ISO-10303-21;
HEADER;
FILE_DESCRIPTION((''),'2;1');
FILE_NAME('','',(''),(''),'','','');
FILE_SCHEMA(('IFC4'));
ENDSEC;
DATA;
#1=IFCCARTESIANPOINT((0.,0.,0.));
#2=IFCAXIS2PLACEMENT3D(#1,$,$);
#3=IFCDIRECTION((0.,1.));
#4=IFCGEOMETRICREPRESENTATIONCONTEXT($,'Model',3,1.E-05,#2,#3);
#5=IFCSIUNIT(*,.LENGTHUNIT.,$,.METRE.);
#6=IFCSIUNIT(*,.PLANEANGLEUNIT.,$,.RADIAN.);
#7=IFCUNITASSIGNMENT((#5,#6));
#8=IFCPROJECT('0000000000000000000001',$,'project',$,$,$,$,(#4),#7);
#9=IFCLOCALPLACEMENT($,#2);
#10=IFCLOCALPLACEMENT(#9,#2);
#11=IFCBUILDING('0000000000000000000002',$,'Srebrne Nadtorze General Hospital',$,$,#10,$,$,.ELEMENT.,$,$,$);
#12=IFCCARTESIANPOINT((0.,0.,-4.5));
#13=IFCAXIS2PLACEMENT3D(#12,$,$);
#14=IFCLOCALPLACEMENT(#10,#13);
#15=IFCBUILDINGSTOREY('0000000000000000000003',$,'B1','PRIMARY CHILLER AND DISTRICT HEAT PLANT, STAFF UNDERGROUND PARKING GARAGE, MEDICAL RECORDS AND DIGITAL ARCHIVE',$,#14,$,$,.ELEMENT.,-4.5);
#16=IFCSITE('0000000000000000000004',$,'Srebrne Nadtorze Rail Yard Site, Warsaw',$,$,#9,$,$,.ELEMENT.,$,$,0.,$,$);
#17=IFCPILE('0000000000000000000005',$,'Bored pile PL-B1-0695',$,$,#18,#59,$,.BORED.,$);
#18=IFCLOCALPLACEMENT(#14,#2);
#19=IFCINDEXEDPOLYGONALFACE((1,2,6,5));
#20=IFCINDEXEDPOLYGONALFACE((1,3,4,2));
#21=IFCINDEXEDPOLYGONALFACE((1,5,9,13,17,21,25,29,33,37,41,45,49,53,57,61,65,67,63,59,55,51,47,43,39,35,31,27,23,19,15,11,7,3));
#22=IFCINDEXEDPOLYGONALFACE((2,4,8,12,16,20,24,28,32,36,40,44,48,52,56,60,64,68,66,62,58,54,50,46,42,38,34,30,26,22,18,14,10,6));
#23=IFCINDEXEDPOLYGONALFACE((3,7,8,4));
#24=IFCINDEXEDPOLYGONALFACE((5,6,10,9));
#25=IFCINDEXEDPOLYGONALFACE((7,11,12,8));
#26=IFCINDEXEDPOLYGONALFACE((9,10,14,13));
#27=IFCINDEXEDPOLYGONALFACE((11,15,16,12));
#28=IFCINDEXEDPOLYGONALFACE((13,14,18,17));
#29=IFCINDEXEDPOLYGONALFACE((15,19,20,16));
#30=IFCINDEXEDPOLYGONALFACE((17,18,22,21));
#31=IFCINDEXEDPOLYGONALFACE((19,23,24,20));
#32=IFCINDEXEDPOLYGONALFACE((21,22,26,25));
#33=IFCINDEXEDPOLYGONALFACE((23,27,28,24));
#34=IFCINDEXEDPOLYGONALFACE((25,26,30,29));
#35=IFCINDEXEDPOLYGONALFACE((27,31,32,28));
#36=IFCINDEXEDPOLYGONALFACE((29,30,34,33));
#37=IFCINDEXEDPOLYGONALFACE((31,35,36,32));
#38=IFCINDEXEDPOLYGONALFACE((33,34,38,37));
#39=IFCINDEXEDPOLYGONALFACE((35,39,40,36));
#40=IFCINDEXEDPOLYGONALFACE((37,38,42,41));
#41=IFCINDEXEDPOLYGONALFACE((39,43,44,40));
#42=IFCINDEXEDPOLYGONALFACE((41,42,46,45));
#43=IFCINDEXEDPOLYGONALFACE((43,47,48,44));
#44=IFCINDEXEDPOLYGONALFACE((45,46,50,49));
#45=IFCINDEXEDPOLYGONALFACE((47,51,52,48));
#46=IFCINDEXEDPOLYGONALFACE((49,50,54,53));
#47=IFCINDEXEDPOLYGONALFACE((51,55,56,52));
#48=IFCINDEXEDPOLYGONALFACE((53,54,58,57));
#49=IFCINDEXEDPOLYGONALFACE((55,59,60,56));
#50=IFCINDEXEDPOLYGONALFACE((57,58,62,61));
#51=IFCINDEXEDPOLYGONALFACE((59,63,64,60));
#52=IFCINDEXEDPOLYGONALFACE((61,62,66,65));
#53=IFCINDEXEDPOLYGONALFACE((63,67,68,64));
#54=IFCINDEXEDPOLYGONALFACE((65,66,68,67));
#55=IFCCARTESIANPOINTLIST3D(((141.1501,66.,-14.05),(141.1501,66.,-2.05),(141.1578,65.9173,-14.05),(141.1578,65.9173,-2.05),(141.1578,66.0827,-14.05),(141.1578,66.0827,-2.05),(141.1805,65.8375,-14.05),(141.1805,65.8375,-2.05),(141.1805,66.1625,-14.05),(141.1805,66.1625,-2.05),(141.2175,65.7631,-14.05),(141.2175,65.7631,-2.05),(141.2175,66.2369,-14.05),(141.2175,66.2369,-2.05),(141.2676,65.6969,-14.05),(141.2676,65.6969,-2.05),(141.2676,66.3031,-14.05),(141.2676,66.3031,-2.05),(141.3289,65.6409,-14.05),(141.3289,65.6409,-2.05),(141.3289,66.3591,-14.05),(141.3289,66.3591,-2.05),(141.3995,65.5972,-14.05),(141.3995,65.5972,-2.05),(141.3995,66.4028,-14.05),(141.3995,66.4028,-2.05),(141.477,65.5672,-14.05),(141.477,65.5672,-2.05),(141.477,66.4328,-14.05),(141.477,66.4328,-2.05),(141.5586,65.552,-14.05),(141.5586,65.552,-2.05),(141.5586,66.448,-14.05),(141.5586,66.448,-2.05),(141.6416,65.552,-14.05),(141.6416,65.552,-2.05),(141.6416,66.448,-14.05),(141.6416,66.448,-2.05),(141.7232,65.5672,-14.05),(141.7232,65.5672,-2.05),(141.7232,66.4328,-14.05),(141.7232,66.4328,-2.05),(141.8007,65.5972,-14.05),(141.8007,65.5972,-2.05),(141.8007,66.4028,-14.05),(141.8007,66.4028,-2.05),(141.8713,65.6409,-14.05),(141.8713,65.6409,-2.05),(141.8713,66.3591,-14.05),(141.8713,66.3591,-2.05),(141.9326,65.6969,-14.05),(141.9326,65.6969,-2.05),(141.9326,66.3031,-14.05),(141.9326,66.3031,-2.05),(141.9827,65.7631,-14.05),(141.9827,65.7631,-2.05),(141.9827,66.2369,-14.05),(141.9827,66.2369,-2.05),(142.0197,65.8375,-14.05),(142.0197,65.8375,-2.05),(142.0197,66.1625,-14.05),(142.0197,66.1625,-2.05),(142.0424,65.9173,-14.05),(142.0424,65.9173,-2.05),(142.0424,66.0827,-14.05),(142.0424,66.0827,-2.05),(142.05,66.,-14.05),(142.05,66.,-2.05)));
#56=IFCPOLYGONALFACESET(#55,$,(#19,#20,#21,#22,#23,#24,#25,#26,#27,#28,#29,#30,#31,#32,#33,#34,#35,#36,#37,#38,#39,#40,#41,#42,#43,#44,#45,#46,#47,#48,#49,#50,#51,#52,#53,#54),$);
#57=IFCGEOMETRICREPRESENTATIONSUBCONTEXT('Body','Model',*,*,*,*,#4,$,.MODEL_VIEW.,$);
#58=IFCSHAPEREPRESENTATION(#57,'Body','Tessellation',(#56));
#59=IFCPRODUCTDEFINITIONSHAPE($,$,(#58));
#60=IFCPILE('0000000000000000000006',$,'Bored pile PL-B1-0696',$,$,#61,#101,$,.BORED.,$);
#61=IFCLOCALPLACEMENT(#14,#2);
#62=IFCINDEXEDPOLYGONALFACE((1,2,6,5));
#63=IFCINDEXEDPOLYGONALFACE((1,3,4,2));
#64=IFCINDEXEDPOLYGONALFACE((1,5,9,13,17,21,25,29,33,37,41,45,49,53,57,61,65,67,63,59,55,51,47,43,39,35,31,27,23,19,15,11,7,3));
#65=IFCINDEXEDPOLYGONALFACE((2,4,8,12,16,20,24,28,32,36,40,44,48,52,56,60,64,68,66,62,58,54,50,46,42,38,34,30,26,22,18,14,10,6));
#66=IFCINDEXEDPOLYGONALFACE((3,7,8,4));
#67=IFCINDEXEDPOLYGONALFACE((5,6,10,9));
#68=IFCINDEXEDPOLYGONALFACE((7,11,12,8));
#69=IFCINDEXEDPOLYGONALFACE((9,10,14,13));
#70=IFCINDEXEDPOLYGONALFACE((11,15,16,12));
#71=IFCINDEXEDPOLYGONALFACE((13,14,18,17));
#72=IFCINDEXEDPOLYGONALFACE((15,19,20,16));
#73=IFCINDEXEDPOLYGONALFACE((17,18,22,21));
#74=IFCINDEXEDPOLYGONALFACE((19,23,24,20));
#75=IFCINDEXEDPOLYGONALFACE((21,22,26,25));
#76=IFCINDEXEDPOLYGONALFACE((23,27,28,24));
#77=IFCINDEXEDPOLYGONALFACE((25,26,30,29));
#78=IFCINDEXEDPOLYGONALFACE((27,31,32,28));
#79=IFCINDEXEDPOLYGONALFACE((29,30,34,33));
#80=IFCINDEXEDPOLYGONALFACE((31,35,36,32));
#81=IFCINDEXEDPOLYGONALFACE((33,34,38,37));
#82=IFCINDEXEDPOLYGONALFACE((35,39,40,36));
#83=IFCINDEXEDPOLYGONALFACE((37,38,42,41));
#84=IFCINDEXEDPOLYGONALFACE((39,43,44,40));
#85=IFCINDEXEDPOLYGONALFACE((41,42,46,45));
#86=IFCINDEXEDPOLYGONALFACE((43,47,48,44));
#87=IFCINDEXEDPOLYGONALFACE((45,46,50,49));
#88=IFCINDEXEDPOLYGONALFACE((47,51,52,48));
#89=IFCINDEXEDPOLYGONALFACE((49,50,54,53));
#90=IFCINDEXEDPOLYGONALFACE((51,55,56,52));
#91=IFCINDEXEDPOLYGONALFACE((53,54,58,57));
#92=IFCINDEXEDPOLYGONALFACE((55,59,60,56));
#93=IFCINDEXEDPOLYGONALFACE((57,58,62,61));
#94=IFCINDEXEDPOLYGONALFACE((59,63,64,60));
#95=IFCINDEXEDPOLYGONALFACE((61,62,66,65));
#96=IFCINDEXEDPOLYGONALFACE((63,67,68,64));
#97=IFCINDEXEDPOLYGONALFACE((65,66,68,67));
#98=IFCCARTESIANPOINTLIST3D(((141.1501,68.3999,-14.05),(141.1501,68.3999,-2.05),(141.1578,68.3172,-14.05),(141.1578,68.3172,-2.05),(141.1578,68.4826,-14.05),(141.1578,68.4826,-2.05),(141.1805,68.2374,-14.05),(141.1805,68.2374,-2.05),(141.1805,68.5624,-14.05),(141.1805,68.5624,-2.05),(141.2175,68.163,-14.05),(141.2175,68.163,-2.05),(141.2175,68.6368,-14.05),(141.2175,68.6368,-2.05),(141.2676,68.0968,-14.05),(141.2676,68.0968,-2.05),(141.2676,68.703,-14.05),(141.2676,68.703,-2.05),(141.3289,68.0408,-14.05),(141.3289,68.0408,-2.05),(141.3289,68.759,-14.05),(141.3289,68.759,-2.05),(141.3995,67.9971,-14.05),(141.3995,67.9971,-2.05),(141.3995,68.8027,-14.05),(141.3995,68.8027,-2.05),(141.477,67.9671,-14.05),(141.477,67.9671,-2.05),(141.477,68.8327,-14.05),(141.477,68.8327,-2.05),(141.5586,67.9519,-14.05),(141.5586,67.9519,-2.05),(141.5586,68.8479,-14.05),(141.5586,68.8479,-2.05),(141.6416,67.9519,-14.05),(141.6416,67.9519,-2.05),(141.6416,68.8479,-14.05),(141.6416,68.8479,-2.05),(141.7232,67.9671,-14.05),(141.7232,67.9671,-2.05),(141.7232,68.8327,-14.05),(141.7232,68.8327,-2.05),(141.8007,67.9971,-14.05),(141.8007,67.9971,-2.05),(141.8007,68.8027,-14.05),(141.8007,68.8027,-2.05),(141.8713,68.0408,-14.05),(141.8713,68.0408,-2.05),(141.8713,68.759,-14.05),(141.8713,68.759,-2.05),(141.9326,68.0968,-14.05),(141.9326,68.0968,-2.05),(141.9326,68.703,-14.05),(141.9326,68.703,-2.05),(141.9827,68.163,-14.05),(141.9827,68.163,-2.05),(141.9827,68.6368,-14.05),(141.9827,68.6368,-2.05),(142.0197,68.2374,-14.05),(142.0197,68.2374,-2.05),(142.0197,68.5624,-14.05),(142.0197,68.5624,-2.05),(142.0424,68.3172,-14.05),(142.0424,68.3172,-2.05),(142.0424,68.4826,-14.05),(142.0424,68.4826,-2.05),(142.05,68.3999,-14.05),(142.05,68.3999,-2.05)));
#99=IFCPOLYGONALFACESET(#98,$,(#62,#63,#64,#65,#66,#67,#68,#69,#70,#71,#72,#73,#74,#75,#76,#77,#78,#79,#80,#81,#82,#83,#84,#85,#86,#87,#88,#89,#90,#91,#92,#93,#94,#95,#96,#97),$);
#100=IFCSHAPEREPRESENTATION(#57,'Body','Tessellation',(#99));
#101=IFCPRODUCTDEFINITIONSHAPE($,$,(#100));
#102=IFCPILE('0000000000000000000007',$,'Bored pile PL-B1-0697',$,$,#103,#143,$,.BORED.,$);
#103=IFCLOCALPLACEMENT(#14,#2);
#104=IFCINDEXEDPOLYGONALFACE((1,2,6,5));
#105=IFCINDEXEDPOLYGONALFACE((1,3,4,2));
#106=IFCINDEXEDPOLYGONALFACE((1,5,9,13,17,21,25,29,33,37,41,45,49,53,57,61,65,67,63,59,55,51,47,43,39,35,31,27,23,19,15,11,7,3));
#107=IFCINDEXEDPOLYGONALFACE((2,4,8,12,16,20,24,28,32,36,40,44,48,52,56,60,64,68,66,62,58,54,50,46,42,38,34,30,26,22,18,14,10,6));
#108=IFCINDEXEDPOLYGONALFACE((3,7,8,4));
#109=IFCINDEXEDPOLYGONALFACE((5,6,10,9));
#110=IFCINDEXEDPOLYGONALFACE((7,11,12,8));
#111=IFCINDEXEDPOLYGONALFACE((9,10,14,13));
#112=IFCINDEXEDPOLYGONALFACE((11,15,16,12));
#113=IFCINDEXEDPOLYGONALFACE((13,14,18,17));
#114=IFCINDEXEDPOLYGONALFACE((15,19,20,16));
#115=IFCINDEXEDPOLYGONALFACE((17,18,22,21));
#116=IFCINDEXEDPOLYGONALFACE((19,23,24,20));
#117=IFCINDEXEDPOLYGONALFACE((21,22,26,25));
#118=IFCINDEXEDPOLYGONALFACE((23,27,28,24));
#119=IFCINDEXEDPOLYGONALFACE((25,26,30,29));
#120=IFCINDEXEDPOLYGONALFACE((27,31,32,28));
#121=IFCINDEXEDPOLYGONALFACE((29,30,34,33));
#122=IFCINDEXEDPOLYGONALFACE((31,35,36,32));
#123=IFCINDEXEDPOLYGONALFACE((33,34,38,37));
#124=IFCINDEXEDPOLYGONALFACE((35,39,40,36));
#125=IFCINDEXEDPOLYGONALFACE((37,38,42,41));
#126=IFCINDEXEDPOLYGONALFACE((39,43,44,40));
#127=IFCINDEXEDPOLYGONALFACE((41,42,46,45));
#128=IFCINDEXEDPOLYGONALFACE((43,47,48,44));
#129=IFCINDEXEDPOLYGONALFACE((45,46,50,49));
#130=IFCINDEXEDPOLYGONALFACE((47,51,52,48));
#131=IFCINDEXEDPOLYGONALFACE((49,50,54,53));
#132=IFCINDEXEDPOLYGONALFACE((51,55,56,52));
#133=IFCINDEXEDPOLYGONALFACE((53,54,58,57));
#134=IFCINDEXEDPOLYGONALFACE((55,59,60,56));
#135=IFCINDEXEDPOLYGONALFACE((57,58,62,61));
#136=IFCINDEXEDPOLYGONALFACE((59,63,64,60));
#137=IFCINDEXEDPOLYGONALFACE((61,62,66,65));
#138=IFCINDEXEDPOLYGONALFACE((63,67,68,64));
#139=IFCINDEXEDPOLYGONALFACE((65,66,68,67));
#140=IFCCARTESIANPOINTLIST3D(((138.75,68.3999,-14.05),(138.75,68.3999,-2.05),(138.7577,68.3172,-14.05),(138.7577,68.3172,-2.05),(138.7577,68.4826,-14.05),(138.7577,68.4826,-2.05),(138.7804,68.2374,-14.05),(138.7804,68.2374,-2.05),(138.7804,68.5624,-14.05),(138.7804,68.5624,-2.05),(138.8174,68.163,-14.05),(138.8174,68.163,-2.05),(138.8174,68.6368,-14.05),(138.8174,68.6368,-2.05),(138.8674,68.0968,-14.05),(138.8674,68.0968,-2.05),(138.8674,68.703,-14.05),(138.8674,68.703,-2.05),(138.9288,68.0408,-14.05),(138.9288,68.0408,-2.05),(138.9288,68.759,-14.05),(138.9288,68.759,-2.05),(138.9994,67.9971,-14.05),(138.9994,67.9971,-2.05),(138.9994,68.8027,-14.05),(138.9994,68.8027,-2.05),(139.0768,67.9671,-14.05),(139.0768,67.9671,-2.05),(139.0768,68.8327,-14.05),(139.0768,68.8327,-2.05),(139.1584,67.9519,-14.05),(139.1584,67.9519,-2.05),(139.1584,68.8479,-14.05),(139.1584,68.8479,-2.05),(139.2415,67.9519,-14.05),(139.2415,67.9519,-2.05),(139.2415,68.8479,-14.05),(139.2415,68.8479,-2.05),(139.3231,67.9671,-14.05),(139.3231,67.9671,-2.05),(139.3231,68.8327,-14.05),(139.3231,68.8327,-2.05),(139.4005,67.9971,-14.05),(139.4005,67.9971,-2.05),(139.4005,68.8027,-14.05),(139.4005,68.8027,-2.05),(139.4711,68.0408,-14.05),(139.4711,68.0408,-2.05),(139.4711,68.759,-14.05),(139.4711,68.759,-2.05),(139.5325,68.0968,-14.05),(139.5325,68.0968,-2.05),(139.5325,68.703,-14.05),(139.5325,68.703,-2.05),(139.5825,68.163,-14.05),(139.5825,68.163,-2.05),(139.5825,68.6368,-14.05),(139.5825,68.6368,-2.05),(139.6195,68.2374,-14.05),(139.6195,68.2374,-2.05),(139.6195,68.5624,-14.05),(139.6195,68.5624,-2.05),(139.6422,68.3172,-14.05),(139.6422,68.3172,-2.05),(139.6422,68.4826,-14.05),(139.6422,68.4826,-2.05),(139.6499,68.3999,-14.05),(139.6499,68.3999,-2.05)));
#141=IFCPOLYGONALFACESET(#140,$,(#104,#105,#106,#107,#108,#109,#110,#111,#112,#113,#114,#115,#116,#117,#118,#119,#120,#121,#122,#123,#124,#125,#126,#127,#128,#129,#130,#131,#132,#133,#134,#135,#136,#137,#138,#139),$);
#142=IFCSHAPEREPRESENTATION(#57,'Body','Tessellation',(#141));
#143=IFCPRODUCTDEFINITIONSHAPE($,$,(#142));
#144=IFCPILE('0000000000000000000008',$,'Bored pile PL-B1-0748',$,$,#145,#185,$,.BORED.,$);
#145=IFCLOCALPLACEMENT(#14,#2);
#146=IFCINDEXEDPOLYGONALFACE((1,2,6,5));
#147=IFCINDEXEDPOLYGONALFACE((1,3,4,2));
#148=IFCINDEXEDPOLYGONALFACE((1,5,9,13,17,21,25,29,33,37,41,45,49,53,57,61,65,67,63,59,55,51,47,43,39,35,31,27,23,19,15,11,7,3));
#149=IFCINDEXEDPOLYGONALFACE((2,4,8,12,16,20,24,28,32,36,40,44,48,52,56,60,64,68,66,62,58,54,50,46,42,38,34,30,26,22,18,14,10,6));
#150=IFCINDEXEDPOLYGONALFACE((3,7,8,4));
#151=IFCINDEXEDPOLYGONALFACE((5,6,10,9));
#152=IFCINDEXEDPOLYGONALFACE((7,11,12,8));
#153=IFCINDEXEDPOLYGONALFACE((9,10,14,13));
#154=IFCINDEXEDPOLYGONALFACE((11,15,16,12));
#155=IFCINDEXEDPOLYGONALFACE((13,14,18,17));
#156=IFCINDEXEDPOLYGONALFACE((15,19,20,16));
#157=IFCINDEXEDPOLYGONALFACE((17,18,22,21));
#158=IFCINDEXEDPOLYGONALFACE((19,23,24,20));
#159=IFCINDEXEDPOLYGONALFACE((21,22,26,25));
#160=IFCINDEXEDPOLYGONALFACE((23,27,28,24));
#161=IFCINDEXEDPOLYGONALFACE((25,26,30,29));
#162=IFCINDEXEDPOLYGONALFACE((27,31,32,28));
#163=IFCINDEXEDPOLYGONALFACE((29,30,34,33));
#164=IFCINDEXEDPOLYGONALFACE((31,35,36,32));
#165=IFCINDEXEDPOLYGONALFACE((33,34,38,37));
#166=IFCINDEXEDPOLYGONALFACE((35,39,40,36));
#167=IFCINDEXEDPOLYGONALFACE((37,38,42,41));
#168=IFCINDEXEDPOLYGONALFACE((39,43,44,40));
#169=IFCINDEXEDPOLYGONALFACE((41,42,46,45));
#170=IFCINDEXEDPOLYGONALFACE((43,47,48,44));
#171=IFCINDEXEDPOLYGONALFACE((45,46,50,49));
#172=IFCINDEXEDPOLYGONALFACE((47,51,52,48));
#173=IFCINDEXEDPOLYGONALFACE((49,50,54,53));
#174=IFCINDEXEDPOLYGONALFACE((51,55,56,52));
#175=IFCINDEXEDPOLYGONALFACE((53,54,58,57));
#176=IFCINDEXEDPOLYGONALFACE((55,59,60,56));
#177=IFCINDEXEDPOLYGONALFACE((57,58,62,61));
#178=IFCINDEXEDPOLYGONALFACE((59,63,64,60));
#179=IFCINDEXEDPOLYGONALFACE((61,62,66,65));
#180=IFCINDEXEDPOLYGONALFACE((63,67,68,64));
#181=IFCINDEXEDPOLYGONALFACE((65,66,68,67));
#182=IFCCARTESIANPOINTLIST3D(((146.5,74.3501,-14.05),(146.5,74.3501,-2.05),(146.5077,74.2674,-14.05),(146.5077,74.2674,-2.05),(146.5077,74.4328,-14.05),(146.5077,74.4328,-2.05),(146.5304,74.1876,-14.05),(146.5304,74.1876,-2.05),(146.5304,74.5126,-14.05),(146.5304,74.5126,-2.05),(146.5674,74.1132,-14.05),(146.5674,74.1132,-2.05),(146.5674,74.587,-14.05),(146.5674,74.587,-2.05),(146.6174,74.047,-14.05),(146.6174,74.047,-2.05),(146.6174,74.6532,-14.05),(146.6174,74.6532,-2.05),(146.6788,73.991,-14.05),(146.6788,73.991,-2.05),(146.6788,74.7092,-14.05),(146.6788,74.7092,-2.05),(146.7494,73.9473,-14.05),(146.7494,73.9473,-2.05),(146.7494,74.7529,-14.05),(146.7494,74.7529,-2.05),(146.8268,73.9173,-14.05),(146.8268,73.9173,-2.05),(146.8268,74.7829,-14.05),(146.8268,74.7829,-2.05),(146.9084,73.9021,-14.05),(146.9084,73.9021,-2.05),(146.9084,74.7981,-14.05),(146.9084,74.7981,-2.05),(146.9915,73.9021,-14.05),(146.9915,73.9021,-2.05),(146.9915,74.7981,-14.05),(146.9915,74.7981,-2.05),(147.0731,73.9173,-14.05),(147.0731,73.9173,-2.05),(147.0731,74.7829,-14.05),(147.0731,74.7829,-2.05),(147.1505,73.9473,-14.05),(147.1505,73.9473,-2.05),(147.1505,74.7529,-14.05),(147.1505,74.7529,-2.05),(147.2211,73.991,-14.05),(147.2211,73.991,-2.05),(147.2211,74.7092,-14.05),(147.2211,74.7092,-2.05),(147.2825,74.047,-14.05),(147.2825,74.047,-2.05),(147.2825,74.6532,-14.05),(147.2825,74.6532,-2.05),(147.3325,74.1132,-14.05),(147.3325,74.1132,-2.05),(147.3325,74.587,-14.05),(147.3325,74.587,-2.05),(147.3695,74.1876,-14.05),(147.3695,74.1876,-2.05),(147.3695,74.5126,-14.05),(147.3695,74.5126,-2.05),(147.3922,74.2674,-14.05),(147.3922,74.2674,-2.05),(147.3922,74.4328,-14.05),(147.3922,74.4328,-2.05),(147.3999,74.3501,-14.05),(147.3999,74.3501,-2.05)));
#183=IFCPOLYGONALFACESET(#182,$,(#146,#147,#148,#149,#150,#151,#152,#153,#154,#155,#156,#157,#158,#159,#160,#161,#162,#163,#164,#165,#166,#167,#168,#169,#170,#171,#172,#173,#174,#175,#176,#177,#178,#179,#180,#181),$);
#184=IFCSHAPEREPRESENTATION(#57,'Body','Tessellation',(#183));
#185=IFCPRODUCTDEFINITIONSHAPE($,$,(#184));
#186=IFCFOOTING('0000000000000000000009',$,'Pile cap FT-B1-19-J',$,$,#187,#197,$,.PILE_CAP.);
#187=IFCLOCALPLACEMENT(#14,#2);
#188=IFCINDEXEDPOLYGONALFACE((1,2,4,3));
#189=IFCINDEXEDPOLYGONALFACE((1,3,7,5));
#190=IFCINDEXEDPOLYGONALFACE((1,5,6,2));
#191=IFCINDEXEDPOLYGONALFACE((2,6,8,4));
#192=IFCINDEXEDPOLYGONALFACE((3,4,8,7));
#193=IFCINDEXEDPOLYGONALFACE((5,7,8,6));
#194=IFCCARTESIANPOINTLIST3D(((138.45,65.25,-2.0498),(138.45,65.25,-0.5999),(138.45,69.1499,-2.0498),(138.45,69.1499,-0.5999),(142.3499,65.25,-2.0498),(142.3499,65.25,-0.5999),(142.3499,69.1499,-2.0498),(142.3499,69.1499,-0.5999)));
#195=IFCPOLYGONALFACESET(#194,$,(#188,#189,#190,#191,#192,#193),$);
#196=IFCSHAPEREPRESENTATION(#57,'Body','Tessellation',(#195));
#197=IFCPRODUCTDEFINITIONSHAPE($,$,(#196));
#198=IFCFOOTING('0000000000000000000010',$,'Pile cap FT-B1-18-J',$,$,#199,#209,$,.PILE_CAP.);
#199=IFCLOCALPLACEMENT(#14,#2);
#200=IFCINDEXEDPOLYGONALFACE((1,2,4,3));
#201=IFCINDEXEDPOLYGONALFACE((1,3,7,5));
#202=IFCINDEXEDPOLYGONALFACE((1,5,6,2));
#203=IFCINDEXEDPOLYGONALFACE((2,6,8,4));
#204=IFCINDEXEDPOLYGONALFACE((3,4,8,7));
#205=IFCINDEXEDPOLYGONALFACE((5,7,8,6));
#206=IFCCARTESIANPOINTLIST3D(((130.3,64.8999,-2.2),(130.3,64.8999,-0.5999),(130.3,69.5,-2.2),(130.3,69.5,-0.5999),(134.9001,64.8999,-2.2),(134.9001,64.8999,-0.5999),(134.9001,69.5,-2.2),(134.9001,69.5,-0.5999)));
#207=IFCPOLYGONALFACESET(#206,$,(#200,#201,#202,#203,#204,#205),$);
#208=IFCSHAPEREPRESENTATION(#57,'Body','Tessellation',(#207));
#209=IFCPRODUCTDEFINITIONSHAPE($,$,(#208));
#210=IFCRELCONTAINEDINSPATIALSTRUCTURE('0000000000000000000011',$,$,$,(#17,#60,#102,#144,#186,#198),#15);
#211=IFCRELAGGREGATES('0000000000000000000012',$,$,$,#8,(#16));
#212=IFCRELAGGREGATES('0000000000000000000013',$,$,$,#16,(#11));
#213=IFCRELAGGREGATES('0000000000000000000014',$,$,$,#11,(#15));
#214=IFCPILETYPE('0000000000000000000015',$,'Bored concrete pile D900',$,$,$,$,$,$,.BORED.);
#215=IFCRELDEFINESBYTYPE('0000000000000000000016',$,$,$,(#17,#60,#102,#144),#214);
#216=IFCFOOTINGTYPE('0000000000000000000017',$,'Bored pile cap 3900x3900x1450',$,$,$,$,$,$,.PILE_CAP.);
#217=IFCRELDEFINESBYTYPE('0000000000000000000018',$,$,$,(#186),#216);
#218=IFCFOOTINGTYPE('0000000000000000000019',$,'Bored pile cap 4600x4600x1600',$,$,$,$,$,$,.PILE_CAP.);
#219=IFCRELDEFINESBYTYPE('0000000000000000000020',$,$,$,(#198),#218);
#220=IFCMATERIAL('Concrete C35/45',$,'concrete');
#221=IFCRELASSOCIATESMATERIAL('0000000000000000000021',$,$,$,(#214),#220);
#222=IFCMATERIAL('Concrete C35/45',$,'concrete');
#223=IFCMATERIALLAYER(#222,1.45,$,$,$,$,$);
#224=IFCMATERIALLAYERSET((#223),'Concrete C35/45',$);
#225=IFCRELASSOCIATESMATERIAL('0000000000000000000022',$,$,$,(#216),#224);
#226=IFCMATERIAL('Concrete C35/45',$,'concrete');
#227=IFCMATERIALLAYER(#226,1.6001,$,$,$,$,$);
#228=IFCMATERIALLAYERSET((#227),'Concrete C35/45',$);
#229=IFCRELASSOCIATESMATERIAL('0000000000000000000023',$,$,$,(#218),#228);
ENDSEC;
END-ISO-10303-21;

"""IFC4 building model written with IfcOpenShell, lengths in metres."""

from ifc_helpers import new_model, si_unit, direction, frame, origin, origin_2d, place, context, subcontext, project, spatial, rectangle, circle, extrude, material, layer, layer_set, material_profile, profile_set, type_object, element, save


model = new_model("IFC4")

# Units and contexts
model_context = context("Model", 3, precision=1e-05, world=origin(), true_north=direction((0.0, 1.0)))
body_context = subcontext(model_context, "Body", "Model", "MODEL_VIEW")
ifc_project = project(units=[si_unit("LENGTHUNIT", "METRE"), si_unit("PLANEANGLEUNIT", "RADIAN")], contexts=[model_context])

# Site, building, storey
site_placement = place(None, origin())
site = spatial("IfcSite", under=ifc_project, at=site_placement, Name="Srebrne Nadtorze Rail Yard Site, Warsaw", CompositionType="ELEMENT", RefElevation=0.0)
building_placement = place(site_placement, origin())
building = spatial("IfcBuilding", under=site, at=building_placement, Name="Srebrne Nadtorze General Hospital", CompositionType="ELEMENT")
storey_placement = place(building_placement, frame((0.0, 0.0, -4.5)))
storey = spatial("IfcBuildingStorey", under=building, at=storey_placement, Name="B1", Description="PRIMARY CHILLER AND DISTRICT HEAT PLANT, STAFF UNDERGROUND PARKING GARAGE, MEDICAL RECORDS AND DIGITAL ARCHIVE", CompositionType="ELEMENT", Elevation=-4.5)

# Piles
ifc_material_1 = material(Name="Concrete C35/45", Category="concrete")
ifc_material_profile_1 = material_profile(ifc_material_1, circle(Radius=0.45, at=origin_2d()), Name="PILE-D900")
ifc_profile_set_1 = profile_set([ifc_material_profile_1], Name="Concrete C35/45")
pile_type_1 = type_object("IfcPileType", Name="Bored concrete pile D900", PredefinedType="BORED", material=ifc_profile_set_1)
for number, where, z_axis, x_axis, name in (
    (1, (141.6001, 66.0, -2.05), (0.0, 0.0, -1.0), (1.0, 0.0, 0.0), "Bored pile PL-B1-0695"),
    (2, (141.6001, 68.3999, -2.05), (0.0, 0.0, -1.0), (1.0, 0.0, 0.0), "Bored pile PL-B1-0696"),
    (3, (139.2, 68.3999, -2.05), (0.0, 0.0, -1.0), (1.0, 0.0, 0.0), "Bored pile PL-B1-0697"),
    (4, (146.95, 74.3501, -2.05), (0.0, 0.0, -1.0), (1.0, 0.0, 0.0), "Bored pile PL-B1-0748"),
):
    element("IfcPile", number, at=place(storey_placement, frame(where, z_axis=z_axis, x_axis=x_axis)), inside=storey, type_object=pile_type_1, Name=name, PredefinedType="BORED", context=body_context, shape_type="SweptSolid", body=[
        extrude(circle(Radius=0.45, at=origin_2d()), origin(), (0.0, 0.0, 1.0), 12.0),
    ])

# Footings
ifc_material_2 = material(Name="Concrete C35/45", Category="concrete")
ifc_layer_1 = layer(ifc_material_2, 1.45)
ifc_layer_set_1 = layer_set([ifc_layer_1], Name="Concrete C35/45")
footing_type_1 = type_object("IfcFootingType", Name="Bored pile cap 3900x3900x1450", PredefinedType="PILE_CAP", material=ifc_layer_set_1)
footing_1_placement = place(storey_placement, frame((140.3999, 67.2, -2.0498), z_axis=(0.0, 0.0, 1.0), x_axis=(1.0, 0.0, 0.0)))
element("IfcFooting", 5, at=footing_1_placement, inside=storey, type_object=footing_type_1, Name="Pile cap FT-B1-19-J", PredefinedType="PILE_CAP", context=body_context, shape_type="SweptSolid", body=[
    extrude(rectangle(XDim=3.8999, YDim=3.8999, at=origin_2d()), origin(), (0.0, 0.0, 1.0), 1.45),
])
ifc_material_3 = material(Name="Concrete C35/45", Category="concrete")
ifc_layer_2 = layer(ifc_material_3, 1.6001)
ifc_layer_set_2 = layer_set([ifc_layer_2], Name="Concrete C35/45")
footing_type_2 = type_object("IfcFootingType", Name="Bored pile cap 4600x4600x1600", PredefinedType="PILE_CAP", material=ifc_layer_set_2)
footing_2_placement = place(storey_placement, frame((132.6001, 67.2, -2.2), z_axis=(0.0, 0.0, 1.0), x_axis=(1.0, 0.0, 0.0)))
element("IfcFooting", 6, at=footing_2_placement, inside=storey, type_object=footing_type_2, Name="Pile cap FT-B1-18-J", PredefinedType="PILE_CAP", context=body_context, shape_type="SweptSolid", body=[
    extrude(rectangle(XDim=4.6001, YDim=4.6001, at=origin_2d()), origin(), (0.0, 0.0, 1.0), 1.6001),
])

save(model, "model.ifc")
